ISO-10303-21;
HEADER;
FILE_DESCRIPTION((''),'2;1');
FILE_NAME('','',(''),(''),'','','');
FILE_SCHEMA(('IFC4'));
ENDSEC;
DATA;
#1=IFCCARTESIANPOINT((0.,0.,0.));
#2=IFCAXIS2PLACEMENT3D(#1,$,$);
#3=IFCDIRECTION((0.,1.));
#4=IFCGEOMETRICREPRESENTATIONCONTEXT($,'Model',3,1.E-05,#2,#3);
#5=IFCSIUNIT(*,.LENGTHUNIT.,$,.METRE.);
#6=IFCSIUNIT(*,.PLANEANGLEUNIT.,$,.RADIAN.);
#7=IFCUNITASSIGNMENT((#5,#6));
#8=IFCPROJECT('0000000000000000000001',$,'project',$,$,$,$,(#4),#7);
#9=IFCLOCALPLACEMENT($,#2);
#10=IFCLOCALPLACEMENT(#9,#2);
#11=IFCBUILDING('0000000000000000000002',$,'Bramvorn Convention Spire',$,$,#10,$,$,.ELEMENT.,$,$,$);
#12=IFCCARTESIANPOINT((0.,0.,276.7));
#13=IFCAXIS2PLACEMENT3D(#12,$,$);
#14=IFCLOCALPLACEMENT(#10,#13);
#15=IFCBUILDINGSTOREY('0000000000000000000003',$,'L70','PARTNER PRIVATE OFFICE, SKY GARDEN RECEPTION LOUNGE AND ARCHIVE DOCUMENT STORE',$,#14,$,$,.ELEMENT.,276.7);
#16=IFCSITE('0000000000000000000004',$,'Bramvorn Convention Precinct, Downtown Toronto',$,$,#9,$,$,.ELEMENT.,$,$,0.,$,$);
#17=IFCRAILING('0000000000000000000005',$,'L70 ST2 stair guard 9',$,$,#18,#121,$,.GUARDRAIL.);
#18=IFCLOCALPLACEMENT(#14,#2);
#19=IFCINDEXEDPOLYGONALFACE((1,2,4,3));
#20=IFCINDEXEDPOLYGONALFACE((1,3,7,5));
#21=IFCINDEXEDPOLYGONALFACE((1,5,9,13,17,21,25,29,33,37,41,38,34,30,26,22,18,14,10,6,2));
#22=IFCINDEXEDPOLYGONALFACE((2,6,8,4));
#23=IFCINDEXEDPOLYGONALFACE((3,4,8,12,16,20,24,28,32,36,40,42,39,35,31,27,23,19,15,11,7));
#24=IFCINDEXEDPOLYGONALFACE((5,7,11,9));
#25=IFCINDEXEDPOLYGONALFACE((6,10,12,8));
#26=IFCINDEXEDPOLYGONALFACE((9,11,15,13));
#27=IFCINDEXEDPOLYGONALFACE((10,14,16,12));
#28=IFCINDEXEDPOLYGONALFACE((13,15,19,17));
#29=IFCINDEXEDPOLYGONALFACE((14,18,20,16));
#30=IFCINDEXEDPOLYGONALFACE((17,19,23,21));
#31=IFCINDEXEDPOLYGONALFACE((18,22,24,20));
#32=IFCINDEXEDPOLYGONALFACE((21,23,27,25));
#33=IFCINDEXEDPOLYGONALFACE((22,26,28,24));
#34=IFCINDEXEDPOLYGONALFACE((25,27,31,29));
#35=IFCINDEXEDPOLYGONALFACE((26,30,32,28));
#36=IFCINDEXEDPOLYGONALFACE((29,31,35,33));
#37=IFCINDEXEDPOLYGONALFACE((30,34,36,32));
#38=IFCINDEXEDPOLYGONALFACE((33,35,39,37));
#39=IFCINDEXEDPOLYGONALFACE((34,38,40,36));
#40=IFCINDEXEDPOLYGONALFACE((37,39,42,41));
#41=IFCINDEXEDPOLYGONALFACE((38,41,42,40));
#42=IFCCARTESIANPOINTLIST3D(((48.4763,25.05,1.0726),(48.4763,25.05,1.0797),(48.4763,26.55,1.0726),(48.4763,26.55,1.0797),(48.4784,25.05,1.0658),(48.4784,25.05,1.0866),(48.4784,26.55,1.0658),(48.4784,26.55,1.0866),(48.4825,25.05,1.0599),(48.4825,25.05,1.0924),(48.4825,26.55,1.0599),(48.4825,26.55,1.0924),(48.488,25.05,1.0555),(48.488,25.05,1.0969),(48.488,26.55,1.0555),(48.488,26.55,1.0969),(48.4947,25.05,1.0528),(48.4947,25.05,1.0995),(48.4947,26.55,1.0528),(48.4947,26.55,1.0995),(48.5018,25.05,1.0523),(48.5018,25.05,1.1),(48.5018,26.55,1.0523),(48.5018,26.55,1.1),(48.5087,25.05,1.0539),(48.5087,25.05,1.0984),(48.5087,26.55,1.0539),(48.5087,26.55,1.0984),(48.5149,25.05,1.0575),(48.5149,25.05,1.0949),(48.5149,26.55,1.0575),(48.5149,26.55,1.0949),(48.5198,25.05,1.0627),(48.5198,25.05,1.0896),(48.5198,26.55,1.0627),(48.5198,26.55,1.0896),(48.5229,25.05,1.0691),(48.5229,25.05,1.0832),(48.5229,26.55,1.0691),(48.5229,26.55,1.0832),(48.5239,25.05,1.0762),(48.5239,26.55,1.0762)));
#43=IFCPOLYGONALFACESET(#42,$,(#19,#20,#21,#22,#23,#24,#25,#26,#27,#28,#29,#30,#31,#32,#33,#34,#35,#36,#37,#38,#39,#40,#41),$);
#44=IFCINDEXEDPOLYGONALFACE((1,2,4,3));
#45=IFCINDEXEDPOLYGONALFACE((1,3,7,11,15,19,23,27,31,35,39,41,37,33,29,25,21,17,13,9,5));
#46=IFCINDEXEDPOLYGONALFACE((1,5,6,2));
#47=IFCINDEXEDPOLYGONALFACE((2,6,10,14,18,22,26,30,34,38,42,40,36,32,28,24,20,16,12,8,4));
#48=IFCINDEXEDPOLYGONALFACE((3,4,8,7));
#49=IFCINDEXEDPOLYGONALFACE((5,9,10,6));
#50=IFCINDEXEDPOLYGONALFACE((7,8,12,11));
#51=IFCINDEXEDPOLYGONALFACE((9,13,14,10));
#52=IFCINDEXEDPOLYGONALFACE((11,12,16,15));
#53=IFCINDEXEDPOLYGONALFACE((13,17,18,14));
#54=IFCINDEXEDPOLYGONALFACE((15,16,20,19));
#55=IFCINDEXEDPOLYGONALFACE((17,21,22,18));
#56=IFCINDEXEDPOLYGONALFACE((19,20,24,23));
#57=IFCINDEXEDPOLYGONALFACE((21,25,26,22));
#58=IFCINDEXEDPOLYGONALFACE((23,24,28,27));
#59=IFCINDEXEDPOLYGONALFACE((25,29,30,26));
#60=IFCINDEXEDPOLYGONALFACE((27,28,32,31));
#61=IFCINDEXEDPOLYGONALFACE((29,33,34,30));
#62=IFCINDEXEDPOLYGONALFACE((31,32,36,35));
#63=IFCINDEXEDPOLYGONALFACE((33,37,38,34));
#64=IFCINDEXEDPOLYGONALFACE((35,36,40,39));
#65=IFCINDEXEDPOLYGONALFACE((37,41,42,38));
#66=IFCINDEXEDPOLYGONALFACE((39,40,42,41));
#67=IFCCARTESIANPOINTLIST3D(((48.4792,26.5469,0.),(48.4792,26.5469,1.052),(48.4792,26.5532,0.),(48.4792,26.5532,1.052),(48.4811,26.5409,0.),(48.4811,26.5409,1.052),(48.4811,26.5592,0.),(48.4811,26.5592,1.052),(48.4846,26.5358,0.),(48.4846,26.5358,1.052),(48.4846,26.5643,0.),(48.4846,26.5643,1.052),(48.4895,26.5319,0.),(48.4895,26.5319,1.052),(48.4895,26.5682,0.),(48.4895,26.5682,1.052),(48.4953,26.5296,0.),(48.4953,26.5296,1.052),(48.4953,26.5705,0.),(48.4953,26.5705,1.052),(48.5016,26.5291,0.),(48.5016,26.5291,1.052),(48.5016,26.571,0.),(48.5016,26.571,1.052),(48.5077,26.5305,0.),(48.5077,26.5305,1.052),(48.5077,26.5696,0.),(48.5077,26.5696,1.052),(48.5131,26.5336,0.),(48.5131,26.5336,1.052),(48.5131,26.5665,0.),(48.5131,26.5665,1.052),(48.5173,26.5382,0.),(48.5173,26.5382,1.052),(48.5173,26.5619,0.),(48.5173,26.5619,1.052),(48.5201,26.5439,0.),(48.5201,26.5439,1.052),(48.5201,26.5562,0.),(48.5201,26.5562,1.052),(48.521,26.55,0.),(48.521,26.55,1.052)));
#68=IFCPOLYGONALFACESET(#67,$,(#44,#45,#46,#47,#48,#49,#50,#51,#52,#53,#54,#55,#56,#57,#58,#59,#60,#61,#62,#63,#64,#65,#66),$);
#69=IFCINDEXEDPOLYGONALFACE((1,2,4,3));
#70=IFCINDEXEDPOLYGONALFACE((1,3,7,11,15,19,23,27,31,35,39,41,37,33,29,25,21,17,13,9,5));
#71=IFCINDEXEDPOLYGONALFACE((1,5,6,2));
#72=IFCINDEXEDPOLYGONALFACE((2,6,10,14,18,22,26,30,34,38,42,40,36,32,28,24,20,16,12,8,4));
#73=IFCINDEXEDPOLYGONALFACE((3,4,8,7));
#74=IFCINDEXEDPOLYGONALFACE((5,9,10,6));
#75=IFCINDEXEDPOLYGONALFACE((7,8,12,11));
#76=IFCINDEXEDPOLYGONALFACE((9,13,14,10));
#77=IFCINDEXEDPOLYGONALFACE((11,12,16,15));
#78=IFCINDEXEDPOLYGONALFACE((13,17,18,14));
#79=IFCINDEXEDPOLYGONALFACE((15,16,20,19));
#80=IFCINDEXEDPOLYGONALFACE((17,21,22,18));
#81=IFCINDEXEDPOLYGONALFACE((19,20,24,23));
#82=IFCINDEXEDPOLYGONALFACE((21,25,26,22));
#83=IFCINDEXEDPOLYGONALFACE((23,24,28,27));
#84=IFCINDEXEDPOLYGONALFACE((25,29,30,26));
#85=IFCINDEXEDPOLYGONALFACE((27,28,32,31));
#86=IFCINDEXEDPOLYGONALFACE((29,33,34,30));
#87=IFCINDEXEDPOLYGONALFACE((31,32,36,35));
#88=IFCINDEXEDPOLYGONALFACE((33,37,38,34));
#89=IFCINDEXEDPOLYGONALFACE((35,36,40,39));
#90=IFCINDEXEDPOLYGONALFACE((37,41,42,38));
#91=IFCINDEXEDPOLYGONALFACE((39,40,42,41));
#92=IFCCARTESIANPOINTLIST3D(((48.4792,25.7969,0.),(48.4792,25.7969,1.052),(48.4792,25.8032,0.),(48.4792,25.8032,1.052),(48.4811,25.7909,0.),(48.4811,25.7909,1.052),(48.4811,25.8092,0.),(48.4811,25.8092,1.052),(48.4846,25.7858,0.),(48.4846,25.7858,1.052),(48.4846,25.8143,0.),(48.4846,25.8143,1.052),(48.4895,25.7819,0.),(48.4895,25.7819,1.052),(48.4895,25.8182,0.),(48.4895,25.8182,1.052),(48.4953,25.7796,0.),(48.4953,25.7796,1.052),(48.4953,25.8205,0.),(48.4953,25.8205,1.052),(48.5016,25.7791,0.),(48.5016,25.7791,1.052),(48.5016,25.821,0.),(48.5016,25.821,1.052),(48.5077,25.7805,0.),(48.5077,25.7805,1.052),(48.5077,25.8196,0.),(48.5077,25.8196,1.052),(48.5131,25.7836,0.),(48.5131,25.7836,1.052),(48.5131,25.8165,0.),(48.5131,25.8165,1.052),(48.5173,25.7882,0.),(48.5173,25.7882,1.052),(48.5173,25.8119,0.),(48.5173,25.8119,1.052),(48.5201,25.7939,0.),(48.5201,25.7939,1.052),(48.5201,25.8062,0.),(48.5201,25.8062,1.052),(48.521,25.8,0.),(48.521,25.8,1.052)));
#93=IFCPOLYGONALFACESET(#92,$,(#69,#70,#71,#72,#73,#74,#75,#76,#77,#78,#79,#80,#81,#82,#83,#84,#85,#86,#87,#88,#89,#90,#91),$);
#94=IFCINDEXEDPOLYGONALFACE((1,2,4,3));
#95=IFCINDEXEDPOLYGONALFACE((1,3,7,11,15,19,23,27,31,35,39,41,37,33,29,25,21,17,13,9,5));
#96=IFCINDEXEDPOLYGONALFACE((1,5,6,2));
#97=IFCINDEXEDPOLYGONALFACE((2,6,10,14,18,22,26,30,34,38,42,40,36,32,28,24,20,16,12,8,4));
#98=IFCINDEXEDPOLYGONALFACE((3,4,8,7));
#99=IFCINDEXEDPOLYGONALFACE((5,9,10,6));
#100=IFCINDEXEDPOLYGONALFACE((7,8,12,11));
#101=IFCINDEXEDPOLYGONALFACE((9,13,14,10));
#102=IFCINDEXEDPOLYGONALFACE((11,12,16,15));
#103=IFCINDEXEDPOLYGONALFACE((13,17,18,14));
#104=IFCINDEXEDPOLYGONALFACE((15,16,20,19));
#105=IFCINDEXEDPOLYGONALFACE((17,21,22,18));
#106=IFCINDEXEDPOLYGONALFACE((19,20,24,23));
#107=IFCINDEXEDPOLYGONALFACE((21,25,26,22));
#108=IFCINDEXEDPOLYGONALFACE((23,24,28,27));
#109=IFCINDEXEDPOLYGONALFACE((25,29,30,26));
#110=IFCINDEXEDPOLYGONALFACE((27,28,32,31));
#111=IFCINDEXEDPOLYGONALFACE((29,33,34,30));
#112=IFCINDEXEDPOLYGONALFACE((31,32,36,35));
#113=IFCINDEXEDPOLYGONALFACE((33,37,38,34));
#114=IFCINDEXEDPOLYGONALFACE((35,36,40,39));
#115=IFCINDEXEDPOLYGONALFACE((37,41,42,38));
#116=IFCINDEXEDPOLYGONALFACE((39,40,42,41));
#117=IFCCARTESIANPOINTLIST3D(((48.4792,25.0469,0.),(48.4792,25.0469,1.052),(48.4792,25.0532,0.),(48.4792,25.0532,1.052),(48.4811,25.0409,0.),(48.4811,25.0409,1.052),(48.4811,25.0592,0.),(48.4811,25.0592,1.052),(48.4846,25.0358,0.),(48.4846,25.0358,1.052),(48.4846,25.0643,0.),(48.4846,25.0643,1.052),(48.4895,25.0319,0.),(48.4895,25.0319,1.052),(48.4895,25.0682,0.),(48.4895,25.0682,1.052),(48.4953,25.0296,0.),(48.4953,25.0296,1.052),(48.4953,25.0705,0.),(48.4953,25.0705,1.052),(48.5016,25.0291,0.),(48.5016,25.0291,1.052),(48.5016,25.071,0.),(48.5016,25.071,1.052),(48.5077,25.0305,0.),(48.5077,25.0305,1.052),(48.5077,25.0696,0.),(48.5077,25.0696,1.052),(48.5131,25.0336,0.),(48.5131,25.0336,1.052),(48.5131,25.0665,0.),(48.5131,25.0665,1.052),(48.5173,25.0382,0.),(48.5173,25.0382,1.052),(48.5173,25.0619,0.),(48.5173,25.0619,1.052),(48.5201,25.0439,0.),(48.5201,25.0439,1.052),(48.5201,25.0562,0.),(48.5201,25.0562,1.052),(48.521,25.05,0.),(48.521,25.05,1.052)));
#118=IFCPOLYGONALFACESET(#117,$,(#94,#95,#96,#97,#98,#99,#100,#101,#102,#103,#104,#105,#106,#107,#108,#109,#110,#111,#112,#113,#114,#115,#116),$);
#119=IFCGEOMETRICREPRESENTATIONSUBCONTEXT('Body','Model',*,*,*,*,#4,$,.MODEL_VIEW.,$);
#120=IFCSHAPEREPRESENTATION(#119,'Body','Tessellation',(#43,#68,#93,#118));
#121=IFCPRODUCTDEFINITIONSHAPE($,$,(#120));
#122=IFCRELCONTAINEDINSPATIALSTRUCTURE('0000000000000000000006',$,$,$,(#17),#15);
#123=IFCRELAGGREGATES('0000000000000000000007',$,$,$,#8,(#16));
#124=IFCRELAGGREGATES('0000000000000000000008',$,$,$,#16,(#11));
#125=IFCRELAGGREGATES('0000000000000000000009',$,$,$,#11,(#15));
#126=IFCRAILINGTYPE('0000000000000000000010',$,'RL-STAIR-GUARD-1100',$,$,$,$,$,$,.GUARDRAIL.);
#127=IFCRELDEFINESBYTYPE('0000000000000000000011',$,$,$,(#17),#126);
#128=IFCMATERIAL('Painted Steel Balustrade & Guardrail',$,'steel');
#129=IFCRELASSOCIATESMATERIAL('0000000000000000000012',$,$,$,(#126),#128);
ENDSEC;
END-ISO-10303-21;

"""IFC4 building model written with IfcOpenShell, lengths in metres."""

from ifc_helpers import new_model, si_unit, direction, frame, origin, origin_2d, place, context, subcontext, project, spatial, circle, extrude, material, type_object, element, save


model = new_model("IFC4")

# Units and contexts
model_context = context("Model", 3, precision=1e-05, world=origin(), true_north=direction((0.0, 1.0)))
body_context = subcontext(model_context, "Body", "Model", "MODEL_VIEW")
ifc_project = project(units=[si_unit("LENGTHUNIT", "METRE"), si_unit("PLANEANGLEUNIT", "RADIAN")], contexts=[model_context])

# Site, building, storey
site_placement = place(None, origin())
site = spatial("IfcSite", under=ifc_project, at=site_placement, Name="Bramvorn Convention Precinct, Downtown Toronto", CompositionType="ELEMENT", RefElevation=0.0)
building_placement = place(site_placement, origin())
building = spatial("IfcBuilding", under=site, at=building_placement, Name="Bramvorn Convention Spire", CompositionType="ELEMENT")
storey_placement = place(building_placement, frame((0.0, 0.0, 276.7)))
storey = spatial("IfcBuildingStorey", under=building, at=storey_placement, Name="L70", Description="PARTNER PRIVATE OFFICE, SKY GARDEN RECEPTION LOUNGE AND ARCHIVE DOCUMENT STORE", CompositionType="ELEMENT", Elevation=276.7)

# Railing
ifc_material_1 = material(Name="Painted Steel Balustrade & Guardrail", Category="steel")
railing_type_1 = type_object("IfcRailingType", Name="RL-STAIR-GUARD-1100", PredefinedType="GUARDRAIL", material=ifc_material_1)
railing_1_placement = place(storey_placement, frame((48.5, 26.55, 0.0)))
element("IfcRailing", 1, at=railing_1_placement, inside=storey, type_object=railing_type_1, Name="L70 ST2 stair guard 9", PredefinedType="GUARDRAIL", context=body_context, shape_type="SweptSolid", body=[
    extrude(circle(Radius=0.0239, at=origin_2d()), frame((0.0, 0.0, 1.0762), z_axis=(0.0, -1.0, 0.0), x_axis=(1.0, 0.0, 0.0)), (0.0, 0.0, 1.0), 1.5),
    extrude(circle(Radius=0.021, at=origin_2d()), origin(), (0.0, 0.0, 1.0), 1.052),
    extrude(circle(Radius=0.021, at=origin_2d()), frame((0.0, -0.75, 0.0)), (0.0, 0.0, 1.0), 1.052),
    extrude(circle(Radius=0.021, at=origin_2d()), frame((0.0, -1.5, 0.0)), (0.0, 0.0, 1.0), 1.052),
])

save(model, "model.ifc")
